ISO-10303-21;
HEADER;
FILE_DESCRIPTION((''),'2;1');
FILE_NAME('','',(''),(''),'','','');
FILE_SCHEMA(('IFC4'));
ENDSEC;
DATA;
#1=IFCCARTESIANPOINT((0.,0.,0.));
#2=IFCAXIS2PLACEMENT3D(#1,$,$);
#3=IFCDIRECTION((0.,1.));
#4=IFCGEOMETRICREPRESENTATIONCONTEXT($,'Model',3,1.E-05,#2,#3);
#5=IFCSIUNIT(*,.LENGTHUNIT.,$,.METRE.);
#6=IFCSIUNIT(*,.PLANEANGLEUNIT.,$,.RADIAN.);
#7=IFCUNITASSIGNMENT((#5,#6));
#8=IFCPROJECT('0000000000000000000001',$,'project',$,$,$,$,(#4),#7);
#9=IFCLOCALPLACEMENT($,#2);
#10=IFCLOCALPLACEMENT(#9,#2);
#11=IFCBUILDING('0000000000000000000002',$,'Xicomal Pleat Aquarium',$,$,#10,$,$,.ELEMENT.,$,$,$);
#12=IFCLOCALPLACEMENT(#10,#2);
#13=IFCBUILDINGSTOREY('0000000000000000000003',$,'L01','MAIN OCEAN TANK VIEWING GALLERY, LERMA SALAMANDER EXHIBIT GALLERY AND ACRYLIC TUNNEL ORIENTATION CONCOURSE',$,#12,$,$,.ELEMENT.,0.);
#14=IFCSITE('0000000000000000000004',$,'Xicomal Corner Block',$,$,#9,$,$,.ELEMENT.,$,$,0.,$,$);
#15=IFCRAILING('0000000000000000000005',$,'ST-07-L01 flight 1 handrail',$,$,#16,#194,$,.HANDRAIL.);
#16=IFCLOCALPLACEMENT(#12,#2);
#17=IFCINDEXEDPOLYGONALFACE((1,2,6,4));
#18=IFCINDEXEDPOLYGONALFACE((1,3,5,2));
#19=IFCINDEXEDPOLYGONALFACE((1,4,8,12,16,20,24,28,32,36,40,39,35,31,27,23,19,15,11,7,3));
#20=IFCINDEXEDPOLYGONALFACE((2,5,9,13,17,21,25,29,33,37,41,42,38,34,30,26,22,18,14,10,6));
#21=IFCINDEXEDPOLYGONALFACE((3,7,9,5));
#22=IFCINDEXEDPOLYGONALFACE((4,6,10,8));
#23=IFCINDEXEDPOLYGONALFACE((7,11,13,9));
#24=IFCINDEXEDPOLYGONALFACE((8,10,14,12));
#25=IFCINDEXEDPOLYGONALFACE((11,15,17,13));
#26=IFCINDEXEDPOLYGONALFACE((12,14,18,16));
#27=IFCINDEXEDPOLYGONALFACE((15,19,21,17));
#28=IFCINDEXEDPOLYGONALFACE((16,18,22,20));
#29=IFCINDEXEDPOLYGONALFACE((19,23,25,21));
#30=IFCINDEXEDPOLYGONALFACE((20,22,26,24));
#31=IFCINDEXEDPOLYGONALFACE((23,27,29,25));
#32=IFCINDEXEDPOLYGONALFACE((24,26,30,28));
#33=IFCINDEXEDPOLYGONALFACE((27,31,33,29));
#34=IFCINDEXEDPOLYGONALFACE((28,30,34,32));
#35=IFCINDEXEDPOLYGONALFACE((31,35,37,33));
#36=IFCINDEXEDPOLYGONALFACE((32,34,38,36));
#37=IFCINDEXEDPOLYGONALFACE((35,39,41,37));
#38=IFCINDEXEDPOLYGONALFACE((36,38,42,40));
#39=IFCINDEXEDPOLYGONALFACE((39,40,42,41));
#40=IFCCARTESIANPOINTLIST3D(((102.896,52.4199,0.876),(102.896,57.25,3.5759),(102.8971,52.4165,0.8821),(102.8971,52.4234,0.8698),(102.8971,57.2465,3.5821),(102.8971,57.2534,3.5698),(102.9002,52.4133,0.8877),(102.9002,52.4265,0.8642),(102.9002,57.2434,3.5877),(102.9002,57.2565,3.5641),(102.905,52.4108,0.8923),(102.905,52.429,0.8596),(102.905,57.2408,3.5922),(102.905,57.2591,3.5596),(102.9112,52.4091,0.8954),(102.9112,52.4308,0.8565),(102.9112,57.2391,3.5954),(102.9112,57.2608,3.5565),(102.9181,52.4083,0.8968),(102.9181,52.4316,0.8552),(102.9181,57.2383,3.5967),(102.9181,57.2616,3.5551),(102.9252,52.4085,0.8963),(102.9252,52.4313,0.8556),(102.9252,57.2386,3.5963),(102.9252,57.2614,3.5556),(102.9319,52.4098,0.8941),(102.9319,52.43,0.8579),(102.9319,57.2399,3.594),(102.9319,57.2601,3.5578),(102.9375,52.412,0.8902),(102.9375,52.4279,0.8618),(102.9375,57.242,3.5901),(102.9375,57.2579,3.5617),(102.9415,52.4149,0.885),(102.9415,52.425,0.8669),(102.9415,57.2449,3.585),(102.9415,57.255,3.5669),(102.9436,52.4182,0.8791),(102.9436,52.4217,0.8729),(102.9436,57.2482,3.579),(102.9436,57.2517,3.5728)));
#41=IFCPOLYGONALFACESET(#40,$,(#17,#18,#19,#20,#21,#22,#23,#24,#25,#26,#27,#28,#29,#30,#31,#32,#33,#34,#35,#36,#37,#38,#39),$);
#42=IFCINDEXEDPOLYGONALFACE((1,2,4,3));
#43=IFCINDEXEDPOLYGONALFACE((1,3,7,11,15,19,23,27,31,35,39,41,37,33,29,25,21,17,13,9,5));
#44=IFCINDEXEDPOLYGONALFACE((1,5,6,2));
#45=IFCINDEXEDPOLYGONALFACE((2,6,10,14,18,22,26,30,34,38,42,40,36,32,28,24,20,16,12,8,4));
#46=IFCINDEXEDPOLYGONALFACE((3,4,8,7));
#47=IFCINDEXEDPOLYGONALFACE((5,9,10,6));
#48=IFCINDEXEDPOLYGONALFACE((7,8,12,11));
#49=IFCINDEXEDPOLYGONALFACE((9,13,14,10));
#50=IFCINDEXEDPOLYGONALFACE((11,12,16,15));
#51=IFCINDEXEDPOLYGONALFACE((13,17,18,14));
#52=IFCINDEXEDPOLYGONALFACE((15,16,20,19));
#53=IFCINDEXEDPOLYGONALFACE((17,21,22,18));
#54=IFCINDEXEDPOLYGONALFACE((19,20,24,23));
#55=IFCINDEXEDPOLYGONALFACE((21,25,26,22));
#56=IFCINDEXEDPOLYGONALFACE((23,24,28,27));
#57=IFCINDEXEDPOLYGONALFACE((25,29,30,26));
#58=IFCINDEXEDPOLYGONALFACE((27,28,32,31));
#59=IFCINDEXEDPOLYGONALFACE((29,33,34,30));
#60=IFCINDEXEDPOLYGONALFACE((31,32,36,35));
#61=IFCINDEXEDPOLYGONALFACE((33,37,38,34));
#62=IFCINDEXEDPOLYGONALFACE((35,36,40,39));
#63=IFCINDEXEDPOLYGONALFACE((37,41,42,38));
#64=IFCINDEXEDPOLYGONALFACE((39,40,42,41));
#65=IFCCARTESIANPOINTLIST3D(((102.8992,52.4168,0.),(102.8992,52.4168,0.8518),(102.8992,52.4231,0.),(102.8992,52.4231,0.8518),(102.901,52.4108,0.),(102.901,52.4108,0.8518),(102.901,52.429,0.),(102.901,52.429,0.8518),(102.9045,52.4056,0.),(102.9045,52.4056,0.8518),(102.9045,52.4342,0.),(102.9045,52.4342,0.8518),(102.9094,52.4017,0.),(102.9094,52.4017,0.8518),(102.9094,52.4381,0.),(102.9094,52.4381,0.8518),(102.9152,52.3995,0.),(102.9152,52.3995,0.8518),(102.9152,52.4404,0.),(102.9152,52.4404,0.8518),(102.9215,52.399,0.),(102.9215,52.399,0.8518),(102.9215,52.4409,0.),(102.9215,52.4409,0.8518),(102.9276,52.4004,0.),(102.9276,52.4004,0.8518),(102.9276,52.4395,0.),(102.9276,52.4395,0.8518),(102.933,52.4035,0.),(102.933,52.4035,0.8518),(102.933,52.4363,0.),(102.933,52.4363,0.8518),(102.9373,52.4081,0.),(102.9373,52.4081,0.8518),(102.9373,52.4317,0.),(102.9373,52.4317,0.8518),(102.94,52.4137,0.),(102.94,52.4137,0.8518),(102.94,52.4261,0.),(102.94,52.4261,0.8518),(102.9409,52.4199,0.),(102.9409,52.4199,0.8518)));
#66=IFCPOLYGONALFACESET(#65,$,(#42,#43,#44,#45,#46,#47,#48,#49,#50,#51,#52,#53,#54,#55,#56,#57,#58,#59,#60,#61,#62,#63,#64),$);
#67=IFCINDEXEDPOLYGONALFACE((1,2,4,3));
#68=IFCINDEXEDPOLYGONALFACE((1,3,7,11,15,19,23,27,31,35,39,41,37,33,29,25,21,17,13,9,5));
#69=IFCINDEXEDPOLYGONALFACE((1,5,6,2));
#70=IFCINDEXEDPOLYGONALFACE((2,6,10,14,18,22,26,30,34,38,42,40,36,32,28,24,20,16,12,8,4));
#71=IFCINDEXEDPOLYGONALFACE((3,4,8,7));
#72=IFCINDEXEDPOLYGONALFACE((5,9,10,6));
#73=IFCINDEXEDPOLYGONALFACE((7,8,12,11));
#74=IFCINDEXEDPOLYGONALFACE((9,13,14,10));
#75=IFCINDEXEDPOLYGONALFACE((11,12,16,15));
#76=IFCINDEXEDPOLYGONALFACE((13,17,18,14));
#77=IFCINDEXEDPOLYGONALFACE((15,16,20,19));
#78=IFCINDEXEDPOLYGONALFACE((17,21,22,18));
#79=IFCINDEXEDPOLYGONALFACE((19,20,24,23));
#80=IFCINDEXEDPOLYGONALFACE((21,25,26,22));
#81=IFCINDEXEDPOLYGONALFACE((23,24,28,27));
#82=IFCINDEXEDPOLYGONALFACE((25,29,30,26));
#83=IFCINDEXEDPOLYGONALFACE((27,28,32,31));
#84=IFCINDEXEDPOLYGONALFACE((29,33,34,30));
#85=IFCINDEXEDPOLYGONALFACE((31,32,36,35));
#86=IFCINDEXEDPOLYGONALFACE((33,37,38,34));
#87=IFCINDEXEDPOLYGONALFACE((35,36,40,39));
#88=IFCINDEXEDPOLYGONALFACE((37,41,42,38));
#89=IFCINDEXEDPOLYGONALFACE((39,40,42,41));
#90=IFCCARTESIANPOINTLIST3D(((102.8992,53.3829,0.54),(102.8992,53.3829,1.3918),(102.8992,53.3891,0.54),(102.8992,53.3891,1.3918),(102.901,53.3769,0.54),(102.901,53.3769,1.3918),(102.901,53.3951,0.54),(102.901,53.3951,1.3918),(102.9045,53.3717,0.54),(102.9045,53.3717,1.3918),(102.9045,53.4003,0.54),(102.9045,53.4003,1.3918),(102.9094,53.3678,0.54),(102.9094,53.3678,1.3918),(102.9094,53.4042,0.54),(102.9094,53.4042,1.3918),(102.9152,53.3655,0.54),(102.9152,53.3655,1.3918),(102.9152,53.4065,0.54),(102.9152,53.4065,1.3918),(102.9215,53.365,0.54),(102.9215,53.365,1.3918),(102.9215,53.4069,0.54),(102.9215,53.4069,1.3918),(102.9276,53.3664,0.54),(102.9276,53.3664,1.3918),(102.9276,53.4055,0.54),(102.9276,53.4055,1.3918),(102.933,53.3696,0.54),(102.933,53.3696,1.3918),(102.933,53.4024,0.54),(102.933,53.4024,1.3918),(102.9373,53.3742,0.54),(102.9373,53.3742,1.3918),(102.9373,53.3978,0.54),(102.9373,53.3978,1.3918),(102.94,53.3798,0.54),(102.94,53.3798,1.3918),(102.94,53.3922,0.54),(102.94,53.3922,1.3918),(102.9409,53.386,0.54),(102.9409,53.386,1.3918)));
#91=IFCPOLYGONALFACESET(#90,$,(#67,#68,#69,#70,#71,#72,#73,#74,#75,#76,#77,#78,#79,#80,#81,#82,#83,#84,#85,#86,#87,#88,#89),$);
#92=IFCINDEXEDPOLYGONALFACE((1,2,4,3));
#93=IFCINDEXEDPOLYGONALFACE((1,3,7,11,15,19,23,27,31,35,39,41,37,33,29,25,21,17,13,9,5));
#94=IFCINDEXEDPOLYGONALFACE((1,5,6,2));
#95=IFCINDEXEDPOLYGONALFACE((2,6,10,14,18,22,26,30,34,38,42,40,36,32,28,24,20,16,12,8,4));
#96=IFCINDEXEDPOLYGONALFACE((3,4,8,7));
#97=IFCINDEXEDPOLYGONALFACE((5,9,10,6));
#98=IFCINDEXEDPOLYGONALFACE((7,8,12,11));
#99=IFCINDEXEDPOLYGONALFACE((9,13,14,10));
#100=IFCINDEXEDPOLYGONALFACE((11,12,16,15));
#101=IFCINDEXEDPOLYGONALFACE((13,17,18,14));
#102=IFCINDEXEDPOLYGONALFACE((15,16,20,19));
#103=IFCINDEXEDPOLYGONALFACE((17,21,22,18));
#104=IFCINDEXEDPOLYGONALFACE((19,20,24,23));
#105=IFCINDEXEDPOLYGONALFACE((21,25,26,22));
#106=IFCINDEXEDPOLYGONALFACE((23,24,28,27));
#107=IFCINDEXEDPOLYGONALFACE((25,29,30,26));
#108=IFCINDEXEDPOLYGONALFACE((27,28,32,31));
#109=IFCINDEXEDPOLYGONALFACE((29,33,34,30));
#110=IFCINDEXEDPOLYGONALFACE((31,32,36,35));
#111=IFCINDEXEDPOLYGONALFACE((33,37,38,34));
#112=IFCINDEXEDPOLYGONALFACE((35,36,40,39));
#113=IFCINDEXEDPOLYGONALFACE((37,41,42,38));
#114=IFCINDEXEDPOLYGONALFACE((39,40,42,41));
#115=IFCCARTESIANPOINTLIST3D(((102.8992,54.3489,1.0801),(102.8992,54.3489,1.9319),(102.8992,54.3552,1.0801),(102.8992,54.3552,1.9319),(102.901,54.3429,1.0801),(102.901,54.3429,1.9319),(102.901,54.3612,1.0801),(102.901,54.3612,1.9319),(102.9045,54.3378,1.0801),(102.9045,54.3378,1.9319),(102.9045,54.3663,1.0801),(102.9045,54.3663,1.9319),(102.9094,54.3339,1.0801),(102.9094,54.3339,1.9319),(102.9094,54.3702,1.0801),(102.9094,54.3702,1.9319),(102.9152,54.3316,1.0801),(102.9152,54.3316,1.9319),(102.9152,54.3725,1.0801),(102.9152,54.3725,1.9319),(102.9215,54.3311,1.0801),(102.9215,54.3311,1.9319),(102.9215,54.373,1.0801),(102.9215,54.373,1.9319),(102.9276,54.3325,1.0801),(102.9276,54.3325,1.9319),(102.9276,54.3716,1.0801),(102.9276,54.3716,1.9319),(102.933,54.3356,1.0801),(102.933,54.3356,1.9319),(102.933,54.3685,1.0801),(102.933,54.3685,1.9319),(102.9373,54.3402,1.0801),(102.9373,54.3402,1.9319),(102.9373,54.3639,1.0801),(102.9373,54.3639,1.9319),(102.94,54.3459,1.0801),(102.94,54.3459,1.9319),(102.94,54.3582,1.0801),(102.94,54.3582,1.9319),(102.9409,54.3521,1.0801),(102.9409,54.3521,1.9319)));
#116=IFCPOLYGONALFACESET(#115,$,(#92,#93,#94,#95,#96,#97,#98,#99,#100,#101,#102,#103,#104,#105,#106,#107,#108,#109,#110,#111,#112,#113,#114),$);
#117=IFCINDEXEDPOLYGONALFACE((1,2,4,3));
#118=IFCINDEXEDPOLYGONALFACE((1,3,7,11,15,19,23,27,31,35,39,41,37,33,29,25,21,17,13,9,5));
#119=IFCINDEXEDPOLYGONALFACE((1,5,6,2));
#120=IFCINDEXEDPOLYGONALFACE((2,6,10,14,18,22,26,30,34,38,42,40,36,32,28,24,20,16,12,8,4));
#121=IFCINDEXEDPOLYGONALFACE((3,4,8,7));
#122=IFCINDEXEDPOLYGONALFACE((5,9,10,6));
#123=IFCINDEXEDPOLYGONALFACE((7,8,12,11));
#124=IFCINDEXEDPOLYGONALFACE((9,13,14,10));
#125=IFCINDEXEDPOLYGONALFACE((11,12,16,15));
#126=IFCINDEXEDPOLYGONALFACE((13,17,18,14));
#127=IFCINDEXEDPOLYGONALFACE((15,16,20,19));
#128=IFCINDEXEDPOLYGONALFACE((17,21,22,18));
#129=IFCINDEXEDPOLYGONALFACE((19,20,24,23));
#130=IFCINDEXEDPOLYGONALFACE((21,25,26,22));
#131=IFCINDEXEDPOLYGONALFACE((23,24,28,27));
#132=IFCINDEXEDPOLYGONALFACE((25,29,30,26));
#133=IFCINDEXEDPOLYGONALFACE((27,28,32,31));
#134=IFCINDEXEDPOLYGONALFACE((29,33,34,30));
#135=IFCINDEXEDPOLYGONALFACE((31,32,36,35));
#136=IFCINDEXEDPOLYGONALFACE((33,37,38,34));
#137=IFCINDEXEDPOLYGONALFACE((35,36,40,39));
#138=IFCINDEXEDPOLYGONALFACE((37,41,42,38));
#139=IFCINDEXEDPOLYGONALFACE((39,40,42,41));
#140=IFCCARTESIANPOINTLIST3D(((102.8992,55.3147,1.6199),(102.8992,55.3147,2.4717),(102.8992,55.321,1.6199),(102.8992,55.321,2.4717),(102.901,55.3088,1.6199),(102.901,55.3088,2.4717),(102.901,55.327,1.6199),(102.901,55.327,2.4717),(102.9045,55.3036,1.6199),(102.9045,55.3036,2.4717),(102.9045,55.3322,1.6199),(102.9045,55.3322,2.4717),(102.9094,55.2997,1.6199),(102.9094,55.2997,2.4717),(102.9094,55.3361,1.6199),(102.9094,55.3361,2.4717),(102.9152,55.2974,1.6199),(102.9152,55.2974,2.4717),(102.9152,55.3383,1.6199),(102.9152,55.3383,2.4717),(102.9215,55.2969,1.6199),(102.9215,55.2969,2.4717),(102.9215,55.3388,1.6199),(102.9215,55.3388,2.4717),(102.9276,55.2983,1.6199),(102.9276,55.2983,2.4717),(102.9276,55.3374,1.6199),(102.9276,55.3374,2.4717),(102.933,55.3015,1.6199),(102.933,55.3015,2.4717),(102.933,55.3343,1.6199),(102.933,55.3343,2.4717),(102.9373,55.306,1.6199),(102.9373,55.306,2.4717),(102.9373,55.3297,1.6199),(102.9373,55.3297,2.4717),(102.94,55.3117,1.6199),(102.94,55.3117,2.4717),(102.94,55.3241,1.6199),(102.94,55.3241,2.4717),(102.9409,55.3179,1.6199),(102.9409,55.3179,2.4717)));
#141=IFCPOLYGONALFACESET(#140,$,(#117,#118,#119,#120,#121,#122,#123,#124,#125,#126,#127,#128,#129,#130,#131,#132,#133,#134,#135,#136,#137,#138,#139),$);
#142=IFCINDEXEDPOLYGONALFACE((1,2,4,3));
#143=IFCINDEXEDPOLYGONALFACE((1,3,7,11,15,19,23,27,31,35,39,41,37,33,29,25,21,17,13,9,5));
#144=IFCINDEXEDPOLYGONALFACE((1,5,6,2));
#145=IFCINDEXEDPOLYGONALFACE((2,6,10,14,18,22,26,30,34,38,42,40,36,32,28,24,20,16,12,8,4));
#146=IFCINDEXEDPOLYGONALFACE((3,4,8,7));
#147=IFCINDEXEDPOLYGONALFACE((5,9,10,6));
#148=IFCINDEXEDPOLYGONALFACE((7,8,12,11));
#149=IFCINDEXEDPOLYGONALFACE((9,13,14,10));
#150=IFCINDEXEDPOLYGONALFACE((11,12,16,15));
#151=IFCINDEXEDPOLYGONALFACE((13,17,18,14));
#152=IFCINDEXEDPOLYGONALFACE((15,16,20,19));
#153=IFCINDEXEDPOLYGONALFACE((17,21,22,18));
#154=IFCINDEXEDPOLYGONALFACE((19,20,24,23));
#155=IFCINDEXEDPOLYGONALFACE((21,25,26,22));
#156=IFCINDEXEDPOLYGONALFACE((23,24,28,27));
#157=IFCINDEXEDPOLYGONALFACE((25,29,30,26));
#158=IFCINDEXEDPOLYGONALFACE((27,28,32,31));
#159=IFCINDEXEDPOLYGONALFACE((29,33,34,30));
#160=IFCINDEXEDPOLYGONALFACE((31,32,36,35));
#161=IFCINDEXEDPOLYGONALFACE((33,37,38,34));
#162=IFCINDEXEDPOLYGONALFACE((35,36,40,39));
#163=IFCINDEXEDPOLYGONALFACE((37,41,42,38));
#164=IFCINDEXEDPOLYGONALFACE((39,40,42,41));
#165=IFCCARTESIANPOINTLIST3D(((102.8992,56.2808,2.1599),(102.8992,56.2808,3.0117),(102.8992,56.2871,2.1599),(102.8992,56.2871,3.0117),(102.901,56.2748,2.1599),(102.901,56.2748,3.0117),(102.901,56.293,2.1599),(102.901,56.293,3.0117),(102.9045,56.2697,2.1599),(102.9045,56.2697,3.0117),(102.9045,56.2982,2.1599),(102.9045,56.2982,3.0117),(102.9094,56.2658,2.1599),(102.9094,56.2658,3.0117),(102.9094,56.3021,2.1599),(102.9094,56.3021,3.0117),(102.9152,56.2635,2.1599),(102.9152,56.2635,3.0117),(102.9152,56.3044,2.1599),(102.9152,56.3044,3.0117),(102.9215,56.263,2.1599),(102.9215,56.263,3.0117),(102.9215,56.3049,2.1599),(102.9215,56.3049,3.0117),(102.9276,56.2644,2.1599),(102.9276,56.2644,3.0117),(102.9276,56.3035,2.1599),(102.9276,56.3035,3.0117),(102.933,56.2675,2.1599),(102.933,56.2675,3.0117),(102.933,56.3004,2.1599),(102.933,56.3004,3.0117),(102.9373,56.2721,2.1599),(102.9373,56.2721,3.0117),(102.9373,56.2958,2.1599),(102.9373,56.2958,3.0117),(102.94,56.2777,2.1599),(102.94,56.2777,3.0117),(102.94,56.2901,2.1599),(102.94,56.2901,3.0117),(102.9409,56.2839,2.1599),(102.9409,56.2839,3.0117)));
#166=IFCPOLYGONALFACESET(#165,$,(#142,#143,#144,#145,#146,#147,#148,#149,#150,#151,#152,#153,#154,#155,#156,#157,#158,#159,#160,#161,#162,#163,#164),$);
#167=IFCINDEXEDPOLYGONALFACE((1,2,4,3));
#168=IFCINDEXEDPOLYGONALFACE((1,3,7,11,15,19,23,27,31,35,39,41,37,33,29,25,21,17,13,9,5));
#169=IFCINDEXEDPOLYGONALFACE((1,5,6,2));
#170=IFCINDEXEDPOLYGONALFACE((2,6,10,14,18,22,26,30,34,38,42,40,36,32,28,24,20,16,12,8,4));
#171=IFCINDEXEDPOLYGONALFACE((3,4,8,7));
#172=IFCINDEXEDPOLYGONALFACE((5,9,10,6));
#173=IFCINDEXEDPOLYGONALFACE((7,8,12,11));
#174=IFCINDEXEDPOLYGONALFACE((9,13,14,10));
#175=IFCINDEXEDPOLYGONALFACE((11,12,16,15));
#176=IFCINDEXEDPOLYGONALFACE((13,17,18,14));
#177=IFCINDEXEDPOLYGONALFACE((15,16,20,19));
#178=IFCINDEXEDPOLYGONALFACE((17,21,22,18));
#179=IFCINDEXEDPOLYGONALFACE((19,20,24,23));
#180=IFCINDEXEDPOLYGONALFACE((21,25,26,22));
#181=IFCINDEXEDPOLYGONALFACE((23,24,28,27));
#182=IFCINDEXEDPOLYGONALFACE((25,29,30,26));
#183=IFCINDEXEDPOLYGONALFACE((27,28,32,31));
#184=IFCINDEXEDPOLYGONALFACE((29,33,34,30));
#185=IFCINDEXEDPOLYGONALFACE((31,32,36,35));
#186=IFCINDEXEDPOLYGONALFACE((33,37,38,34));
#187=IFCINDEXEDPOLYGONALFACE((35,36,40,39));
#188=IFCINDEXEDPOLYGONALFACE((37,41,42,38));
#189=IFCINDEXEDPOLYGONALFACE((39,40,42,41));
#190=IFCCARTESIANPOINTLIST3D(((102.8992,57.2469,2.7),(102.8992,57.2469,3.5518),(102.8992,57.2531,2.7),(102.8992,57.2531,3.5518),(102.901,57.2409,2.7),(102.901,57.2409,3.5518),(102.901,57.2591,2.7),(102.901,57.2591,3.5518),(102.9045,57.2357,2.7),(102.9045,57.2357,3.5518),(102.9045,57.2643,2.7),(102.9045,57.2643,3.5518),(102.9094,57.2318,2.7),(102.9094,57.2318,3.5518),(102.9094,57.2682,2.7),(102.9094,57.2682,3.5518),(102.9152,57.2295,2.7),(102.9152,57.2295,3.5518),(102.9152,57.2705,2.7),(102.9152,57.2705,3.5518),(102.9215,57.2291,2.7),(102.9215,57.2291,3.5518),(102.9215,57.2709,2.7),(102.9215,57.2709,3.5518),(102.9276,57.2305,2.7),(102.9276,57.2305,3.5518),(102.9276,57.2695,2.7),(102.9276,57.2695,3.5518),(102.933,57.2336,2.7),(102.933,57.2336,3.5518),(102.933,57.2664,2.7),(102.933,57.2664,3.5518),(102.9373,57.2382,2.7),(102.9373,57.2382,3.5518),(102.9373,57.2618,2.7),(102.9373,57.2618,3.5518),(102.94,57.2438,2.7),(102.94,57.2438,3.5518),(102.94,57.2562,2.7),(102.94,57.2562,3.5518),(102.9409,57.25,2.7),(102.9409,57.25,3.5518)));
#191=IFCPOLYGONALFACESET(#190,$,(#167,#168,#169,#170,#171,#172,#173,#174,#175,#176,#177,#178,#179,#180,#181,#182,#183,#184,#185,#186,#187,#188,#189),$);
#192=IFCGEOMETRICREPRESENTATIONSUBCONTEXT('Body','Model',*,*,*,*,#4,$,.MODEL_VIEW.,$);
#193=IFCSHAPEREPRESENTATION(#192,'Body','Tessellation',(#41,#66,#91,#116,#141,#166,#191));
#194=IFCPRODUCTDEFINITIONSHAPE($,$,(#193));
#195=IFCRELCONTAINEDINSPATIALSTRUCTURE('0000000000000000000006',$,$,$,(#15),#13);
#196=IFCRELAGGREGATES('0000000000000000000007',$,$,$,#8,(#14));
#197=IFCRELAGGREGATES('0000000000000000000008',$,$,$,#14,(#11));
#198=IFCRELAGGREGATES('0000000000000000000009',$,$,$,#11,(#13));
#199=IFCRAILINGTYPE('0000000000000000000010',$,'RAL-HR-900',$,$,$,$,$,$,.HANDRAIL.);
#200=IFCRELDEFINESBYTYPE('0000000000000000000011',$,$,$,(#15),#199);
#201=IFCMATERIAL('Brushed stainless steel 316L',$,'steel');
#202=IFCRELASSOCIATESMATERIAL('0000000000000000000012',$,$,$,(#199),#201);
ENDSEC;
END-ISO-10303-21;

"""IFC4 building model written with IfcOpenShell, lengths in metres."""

from ifc_helpers import new_model, si_unit, direction, frame, origin, origin_2d, place, context, subcontext, project, spatial, circle, extrude, material, type_object, element, save


model = new_model("IFC4")

# Units and contexts
model_context = context("Model", 3, precision=1e-05, world=origin(), true_north=direction((0.0, 1.0)))
body_context = subcontext(model_context, "Body", "Model", "MODEL_VIEW")
ifc_project = project(units=[si_unit("LENGTHUNIT", "METRE"), si_unit("PLANEANGLEUNIT", "RADIAN")], contexts=[model_context])

# Site, building, storey
site_placement = place(None, origin())
site = spatial("IfcSite", under=ifc_project, at=site_placement, Name="Xicomal Corner Block", CompositionType="ELEMENT", RefElevation=0.0)
building_placement = place(site_placement, origin())
building = spatial("IfcBuilding", under=site, at=building_placement, Name="Xicomal Pleat Aquarium", CompositionType="ELEMENT")
storey_placement = place(building_placement, origin())
storey = spatial("IfcBuildingStorey", under=building, at=storey_placement, Name="L01", Description="MAIN OCEAN TANK VIEWING GALLERY, LERMA SALAMANDER EXHIBIT GALLERY AND ACRYLIC TUNNEL ORIENTATION CONCOURSE", CompositionType="ELEMENT", Elevation=0.0)

# Railing
ifc_material_1 = material(Name="Brushed stainless steel 316L", Category="steel")
railing_type_1 = type_object("IfcRailingType", Name="RAL-HR-900", PredefinedType="HANDRAIL", material=ifc_material_1)
railing_1_placement = place(storey_placement, frame((102.9199, 52.4199, 0.0)))
element("IfcRailing", 1, at=railing_1_placement, inside=storey, type_object=railing_type_1, Name="ST-07-L01 flight 1 handrail", PredefinedType="HANDRAIL", context=body_context, shape_type="SweptSolid", body=[
    extrude(circle(Radius=0.0239, at=origin_2d()), frame((0.0, 0.0, 0.876), z_axis=(0.0, 0.872883, 0.48793), x_axis=(-1.0, 0.0, 0.0)), (0.0, 0.0, 1.0), 5.5334),
    extrude(circle(Radius=0.021, at=origin_2d()), origin(), (0.0, 0.0, 1.0), 0.8518),
    extrude(circle(Radius=0.021, at=origin_2d()), frame((0.0, 0.9661, 0.54)), (0.0, 0.0, 1.0), 0.8518),
    extrude(circle(Radius=0.021, at=origin_2d()), frame((0.0, 1.9321, 1.0801)), (0.0, 0.0, 1.0), 0.8518),
    extrude(circle(Radius=0.021, at=origin_2d()), frame((0.0, 2.8979, 1.6199)), (0.0, 0.0, 1.0), 0.8518),
    extrude(circle(Radius=0.021, at=origin_2d()), frame((0.0, 3.864, 2.1599)), (0.0, 0.0, 1.0), 0.8518),
    extrude(circle(Radius=0.021, at=origin_2d()), frame((0.0, 4.8301, 2.7)), (0.0, 0.0, 1.0), 0.8518),
])

save(model, "model.ifc")
